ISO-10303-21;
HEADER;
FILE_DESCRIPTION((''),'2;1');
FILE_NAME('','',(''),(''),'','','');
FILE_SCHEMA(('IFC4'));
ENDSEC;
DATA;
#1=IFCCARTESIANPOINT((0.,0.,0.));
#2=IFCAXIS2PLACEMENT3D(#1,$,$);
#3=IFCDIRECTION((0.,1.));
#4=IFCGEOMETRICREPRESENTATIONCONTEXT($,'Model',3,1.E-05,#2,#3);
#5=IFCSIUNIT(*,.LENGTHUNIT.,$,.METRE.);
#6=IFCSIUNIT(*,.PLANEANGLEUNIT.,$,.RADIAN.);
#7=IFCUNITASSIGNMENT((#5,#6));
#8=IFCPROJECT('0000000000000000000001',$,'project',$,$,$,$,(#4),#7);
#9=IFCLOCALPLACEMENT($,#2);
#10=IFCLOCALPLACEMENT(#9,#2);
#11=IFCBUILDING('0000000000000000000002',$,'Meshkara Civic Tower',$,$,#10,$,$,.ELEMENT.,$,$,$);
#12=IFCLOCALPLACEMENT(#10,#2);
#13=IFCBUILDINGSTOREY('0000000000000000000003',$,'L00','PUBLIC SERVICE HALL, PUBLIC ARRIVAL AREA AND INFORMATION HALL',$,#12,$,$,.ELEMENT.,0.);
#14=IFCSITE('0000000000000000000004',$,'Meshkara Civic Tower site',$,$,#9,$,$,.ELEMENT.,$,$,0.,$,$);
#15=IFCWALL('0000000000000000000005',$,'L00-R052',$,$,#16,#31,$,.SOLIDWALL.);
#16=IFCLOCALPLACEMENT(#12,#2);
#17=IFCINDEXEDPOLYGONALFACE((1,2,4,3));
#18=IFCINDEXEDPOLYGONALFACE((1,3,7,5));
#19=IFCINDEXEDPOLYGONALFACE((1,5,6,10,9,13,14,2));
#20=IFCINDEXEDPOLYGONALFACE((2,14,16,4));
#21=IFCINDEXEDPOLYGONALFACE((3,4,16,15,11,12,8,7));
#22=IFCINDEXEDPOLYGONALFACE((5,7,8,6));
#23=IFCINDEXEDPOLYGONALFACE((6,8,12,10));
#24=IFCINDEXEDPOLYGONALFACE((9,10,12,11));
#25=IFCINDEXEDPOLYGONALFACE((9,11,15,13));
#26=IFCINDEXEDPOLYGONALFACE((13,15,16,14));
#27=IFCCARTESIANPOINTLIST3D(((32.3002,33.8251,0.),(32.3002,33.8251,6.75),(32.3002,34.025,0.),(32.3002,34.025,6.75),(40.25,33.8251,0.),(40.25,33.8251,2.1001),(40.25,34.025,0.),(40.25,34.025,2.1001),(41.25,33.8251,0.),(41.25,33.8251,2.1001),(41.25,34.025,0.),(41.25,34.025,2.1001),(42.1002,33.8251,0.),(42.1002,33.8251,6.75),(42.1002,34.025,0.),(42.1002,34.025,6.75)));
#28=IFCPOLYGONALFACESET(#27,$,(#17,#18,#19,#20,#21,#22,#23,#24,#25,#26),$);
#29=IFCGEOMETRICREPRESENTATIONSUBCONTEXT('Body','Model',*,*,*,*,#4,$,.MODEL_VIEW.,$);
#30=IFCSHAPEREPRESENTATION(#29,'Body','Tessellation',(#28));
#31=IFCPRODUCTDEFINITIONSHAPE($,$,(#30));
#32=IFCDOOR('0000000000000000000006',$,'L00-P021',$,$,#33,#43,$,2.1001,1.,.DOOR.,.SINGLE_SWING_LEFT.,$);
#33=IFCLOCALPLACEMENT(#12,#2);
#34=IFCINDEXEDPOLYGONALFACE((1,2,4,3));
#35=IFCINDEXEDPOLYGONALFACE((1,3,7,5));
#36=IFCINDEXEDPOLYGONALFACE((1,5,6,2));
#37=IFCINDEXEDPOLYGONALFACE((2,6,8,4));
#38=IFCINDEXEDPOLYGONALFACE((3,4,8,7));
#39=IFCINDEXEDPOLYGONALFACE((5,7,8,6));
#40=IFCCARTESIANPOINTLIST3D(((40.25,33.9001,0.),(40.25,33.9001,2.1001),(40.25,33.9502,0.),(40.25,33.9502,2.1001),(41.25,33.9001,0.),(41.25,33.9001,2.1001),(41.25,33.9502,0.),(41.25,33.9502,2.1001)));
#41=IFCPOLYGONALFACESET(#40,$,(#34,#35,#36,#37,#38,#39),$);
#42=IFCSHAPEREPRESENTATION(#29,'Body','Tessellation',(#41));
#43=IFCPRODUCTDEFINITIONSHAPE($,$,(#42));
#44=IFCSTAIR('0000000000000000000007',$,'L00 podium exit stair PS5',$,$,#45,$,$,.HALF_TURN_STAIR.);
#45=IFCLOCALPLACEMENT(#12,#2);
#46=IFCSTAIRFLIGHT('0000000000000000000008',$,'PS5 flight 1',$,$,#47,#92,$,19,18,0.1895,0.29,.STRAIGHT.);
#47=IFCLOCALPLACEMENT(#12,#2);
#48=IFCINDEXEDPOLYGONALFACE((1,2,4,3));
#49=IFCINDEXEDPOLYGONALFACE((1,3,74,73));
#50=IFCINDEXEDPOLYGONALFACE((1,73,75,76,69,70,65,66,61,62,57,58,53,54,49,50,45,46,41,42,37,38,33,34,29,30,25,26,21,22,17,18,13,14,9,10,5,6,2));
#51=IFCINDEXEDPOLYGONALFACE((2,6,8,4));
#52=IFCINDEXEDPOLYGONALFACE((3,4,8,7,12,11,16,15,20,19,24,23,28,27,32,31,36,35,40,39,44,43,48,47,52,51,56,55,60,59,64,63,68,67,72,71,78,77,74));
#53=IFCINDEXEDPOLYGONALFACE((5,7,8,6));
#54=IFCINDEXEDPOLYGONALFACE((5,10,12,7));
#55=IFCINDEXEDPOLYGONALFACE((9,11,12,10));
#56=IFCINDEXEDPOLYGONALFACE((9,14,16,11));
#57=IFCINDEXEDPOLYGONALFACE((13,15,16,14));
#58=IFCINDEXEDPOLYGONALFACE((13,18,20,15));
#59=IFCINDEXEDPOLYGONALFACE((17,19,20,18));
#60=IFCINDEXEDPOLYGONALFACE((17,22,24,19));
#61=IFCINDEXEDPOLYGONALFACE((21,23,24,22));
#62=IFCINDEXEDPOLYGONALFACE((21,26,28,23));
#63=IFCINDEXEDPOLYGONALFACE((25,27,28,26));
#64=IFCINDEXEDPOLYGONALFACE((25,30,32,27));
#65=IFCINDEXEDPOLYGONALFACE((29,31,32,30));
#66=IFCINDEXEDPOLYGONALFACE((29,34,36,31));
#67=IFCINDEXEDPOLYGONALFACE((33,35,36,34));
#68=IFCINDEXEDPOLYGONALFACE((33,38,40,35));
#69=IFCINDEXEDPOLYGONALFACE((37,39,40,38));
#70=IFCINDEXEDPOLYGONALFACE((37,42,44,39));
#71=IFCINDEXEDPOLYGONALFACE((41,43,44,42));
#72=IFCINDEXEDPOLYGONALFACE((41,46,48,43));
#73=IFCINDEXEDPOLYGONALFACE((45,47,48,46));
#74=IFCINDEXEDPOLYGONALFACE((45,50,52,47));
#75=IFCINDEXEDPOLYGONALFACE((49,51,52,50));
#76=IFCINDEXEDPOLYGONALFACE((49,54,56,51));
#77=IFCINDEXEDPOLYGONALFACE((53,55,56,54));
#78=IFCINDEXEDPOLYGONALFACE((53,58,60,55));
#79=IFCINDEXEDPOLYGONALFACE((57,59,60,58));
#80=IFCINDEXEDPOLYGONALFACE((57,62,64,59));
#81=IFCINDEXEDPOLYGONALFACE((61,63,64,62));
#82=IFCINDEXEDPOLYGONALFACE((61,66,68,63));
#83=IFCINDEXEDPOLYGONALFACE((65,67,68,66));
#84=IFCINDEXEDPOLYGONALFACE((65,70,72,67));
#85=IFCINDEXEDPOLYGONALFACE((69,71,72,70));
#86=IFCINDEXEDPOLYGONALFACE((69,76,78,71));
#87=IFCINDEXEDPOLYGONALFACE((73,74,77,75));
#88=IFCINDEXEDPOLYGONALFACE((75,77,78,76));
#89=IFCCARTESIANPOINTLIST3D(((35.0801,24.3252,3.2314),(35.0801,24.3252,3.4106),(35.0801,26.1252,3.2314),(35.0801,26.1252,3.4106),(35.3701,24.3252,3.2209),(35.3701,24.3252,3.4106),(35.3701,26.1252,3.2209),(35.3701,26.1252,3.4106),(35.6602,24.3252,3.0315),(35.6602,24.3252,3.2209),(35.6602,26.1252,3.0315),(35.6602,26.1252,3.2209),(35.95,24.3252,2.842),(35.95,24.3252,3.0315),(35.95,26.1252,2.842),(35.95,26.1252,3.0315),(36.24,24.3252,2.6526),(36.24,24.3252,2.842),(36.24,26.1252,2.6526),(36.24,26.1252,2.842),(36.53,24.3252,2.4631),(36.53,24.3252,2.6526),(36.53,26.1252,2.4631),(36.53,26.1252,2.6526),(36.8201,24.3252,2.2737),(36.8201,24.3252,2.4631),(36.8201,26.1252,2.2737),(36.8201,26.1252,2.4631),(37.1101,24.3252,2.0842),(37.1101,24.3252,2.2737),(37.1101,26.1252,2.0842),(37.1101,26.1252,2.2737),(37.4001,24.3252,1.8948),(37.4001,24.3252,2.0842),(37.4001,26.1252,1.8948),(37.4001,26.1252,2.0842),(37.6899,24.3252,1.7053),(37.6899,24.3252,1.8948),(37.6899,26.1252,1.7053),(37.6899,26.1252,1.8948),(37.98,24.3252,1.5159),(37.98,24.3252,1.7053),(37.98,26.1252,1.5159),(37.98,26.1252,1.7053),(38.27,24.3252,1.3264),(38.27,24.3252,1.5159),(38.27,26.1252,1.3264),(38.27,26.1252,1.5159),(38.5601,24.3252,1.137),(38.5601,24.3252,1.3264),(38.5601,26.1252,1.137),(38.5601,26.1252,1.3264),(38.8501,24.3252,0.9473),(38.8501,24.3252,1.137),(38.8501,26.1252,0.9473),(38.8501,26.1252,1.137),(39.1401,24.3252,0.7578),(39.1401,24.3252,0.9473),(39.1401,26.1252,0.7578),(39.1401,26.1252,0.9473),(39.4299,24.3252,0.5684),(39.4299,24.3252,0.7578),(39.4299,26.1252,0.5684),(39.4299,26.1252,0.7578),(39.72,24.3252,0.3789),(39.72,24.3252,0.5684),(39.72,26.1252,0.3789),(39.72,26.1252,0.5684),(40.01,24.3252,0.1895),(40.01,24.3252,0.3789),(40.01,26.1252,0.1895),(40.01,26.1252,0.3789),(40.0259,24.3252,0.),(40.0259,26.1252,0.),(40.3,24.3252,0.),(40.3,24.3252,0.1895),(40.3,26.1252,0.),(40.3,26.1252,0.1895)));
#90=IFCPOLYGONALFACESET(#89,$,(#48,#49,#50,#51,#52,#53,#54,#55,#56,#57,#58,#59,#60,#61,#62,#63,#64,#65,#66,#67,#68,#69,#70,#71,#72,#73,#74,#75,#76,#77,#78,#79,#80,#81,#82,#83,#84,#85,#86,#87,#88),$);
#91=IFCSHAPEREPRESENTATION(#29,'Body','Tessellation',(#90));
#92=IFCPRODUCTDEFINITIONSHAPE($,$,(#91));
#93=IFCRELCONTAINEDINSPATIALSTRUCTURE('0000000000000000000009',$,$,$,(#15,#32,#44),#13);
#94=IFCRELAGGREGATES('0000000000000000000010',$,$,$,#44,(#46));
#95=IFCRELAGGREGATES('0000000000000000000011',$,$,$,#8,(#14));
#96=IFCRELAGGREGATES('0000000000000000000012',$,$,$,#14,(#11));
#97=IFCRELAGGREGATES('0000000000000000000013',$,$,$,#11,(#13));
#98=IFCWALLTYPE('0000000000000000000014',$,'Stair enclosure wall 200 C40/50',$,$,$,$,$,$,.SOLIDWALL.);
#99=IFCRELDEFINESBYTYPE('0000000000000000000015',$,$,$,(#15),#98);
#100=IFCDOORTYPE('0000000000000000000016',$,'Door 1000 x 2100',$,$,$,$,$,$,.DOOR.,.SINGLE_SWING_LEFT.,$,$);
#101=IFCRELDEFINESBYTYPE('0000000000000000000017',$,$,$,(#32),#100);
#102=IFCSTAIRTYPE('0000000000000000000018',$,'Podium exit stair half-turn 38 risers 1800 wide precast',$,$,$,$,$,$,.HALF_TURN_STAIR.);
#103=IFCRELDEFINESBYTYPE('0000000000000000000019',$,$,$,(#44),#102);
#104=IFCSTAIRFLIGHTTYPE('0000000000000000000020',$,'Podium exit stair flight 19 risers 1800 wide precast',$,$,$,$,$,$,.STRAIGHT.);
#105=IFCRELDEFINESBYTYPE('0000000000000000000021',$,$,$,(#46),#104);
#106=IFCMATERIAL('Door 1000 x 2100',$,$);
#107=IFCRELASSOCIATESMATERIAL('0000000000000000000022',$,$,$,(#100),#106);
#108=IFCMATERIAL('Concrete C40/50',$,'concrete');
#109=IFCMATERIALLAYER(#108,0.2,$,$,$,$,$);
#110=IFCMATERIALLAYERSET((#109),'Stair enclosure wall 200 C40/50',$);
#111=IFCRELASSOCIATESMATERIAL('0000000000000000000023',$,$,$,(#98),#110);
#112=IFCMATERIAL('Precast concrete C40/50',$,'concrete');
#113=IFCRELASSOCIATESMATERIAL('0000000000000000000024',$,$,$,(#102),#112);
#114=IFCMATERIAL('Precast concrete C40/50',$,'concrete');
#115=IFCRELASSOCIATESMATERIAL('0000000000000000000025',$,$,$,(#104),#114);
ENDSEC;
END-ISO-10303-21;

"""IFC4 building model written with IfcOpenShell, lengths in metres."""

from ifc_helpers import new_model, si_unit, direction, frame, frame_2d, origin, place, context, subcontext, project, spatial, polyline, rectangle, outline, extrude, material, layer, layer_set, type_object, element, fill, aggregate, save


model = new_model("IFC4")

# Units and contexts
model_context = context("Model", 3, precision=1e-05, world=origin(), true_north=direction((0.0, 1.0)))
body_context = subcontext(model_context, "Body", "Model", "MODEL_VIEW")
ifc_project = project(units=[si_unit("LENGTHUNIT", "METRE"), si_unit("PLANEANGLEUNIT", "RADIAN")], contexts=[model_context])

# Site, building, storey
site_placement = place(None, origin())
site = spatial("IfcSite", under=ifc_project, at=site_placement, Name="Meshkara Civic Tower site", CompositionType="ELEMENT", RefElevation=0.0)
building_placement = place(site_placement, origin())
building = spatial("IfcBuilding", under=site, at=building_placement, Name="Meshkara Civic Tower", CompositionType="ELEMENT")
storey_placement = place(building_placement, origin())
storey = spatial("IfcBuildingStorey", under=building, at=storey_placement, Name="L00", Description="PUBLIC SERVICE HALL, PUBLIC ARRIVAL AREA AND INFORMATION HALL", CompositionType="ELEMENT", Elevation=0.0)

# Shared definitions
ifc_material_1 = material(Name="Door 1000 x 2100")
door_type_1 = type_object("IfcDoorType", Name="Door 1000 x 2100", OperationType="SINGLE_SWING_LEFT", PredefinedType="DOOR", material=ifc_material_1)

# Wall, opening, door
ifc_material_2 = material(Name="Concrete C40/50", Category="concrete")
ifc_layer_1 = layer(ifc_material_2, 0.2)
ifc_layer_set_1 = layer_set([ifc_layer_1], Name="Stair enclosure wall 200 C40/50")
wall_type_1 = type_object("IfcWallType", Name="Stair enclosure wall 200 C40/50", PredefinedType="SOLIDWALL", material=ifc_layer_set_1)
wall_1_placement = place(storey_placement, frame((42.1001, 33.925, 0.0), z_axis=(0.0, 0.0, 1.0), x_axis=(-1.0, 0.0, 0.0)))
wall_1 = element("IfcWall", 1, at=wall_1_placement, inside=storey, type_object=wall_type_1, Name="L00-R052", PredefinedType="SOLIDWALL", context=body_context, shape_type="SweptSolid", body=[
    extrude(rectangle(XDim=9.8, YDim=0.2, at=frame_2d((4.8999, 0.0))), origin(), (0.0, 0.0, 1.0), 6.75),
])
opening_1_placement = place(wall_1_placement, frame((0.8501, 0.0, 0.0)))
opening_1 = element("IfcOpeningElement", 2, at=opening_1_placement, cuts=wall_1, PredefinedType="OPENING", context=body_context, shape_type="SweptSolid", body=[
    extrude(rectangle(XDim=1.0, YDim=2.1001, at=frame_2d((0.5, 1.05))), frame((0.0, 0.1099, 0.0), z_axis=(0.0, -1.0, 0.0), x_axis=(1.0, 0.0, 0.0)), (0.0, 0.0, 1.0), 0.22),
])
door_1_placement = place(opening_1_placement, origin())
door_1 = element("IfcDoor", 3, at=door_1_placement, inside=storey, type_object=door_type_1, Name="L00-P021", OperationType="SINGLE_SWING_LEFT", OverallHeight=2.1001, OverallWidth=1.0, PredefinedType="DOOR", context=body_context, shape_type="SweptSolid", body=[
    extrude(rectangle(XDim=1.0, YDim=2.1001, at=frame_2d((0.5, 1.05))), frame((0.0, 0.0249, 0.0), z_axis=(0.0, -1.0, 0.0), x_axis=(1.0, 0.0, 0.0)), (0.0, 0.0, 1.0), 0.05),
])
fill(opening_1, door_1)

# Stair, stair flight
ifc_material_3 = material(Name="Precast concrete C40/50", Category="concrete")
stair_type = type_object("IfcStairType", Name="Podium exit stair half-turn 38 risers 1800 wide precast", PredefinedType="HALF_TURN_STAIR", material=ifc_material_3)
stair_placement = place(storey_placement, origin())
stair = element("IfcStair", 4, at=stair_placement, inside=storey, type_object=stair_type, Name="L00 podium exit stair PS5", PredefinedType="HALF_TURN_STAIR")
ifc_material_4 = material(Name="Precast concrete C40/50", Category="concrete")
stair_flight_type = type_object("IfcStairFlightType", Name="Podium exit stair flight 19 risers 1800 wide precast", PredefinedType="STRAIGHT", material=ifc_material_4)
stair_flight_placement = place(storey_placement, frame((40.3, 25.2251, 0.0), z_axis=(0.0, 0.0, 1.0), x_axis=(-1.0, 0.0, 0.0)))
stair_flight = element("IfcStairFlight", 5, at=stair_flight_placement, type_object=stair_flight_type, Name="PS5 flight 1", NumberOfRisers=19, NumberOfTreads=18, PredefinedType="STRAIGHT", RiserHeight=0.1895, TreadLength=0.29, context=body_context, shape_type="SweptSolid", body=[
    extrude(outline(polyline([(0.0, 0.0), (0.0, 0.1895), (0.29, 0.1895), (0.29, 0.3789), (0.5801, 0.3789), (0.5801, 0.5684), (0.8701, 0.5684), (0.8701, 0.7578), (1.1599, 0.7578), (1.1599, 0.9473), (1.45, 0.9473), (1.45, 1.137), (1.74, 1.137), (1.74, 1.3264), (2.03, 1.3264), (2.03, 1.5159), (2.3201, 1.5159), (2.3201, 1.7053), (2.6101, 1.7053), (2.6101, 1.8948), (2.8999, 1.8948), (2.8999, 2.0842), (3.1899, 2.0842), (3.1899, 2.2737), (3.48, 2.2737), (3.48, 2.4631), (3.77, 2.4631), (3.77, 2.6526), (4.0601, 2.6526), (4.0601, 2.842), (4.3501, 2.842), (4.3501, 3.0315), (4.6399, 3.0315), (4.6399, 3.2209), (4.9299, 3.2209), (4.9299, 3.4106), (5.22, 3.4106), (5.22, 3.6001), (5.22, 3.2314), (0.2742, 0.0), (0.0, 0.0)])), frame((0.0, 0.8999, 0.0), z_axis=(0.0, -1.0, 0.0), x_axis=(1.0, 0.0, 0.0)), (0.0, 0.0, 1.0), 1.8),
])
aggregate(stair, [stair_flight])

save(model, "model.ifc")
